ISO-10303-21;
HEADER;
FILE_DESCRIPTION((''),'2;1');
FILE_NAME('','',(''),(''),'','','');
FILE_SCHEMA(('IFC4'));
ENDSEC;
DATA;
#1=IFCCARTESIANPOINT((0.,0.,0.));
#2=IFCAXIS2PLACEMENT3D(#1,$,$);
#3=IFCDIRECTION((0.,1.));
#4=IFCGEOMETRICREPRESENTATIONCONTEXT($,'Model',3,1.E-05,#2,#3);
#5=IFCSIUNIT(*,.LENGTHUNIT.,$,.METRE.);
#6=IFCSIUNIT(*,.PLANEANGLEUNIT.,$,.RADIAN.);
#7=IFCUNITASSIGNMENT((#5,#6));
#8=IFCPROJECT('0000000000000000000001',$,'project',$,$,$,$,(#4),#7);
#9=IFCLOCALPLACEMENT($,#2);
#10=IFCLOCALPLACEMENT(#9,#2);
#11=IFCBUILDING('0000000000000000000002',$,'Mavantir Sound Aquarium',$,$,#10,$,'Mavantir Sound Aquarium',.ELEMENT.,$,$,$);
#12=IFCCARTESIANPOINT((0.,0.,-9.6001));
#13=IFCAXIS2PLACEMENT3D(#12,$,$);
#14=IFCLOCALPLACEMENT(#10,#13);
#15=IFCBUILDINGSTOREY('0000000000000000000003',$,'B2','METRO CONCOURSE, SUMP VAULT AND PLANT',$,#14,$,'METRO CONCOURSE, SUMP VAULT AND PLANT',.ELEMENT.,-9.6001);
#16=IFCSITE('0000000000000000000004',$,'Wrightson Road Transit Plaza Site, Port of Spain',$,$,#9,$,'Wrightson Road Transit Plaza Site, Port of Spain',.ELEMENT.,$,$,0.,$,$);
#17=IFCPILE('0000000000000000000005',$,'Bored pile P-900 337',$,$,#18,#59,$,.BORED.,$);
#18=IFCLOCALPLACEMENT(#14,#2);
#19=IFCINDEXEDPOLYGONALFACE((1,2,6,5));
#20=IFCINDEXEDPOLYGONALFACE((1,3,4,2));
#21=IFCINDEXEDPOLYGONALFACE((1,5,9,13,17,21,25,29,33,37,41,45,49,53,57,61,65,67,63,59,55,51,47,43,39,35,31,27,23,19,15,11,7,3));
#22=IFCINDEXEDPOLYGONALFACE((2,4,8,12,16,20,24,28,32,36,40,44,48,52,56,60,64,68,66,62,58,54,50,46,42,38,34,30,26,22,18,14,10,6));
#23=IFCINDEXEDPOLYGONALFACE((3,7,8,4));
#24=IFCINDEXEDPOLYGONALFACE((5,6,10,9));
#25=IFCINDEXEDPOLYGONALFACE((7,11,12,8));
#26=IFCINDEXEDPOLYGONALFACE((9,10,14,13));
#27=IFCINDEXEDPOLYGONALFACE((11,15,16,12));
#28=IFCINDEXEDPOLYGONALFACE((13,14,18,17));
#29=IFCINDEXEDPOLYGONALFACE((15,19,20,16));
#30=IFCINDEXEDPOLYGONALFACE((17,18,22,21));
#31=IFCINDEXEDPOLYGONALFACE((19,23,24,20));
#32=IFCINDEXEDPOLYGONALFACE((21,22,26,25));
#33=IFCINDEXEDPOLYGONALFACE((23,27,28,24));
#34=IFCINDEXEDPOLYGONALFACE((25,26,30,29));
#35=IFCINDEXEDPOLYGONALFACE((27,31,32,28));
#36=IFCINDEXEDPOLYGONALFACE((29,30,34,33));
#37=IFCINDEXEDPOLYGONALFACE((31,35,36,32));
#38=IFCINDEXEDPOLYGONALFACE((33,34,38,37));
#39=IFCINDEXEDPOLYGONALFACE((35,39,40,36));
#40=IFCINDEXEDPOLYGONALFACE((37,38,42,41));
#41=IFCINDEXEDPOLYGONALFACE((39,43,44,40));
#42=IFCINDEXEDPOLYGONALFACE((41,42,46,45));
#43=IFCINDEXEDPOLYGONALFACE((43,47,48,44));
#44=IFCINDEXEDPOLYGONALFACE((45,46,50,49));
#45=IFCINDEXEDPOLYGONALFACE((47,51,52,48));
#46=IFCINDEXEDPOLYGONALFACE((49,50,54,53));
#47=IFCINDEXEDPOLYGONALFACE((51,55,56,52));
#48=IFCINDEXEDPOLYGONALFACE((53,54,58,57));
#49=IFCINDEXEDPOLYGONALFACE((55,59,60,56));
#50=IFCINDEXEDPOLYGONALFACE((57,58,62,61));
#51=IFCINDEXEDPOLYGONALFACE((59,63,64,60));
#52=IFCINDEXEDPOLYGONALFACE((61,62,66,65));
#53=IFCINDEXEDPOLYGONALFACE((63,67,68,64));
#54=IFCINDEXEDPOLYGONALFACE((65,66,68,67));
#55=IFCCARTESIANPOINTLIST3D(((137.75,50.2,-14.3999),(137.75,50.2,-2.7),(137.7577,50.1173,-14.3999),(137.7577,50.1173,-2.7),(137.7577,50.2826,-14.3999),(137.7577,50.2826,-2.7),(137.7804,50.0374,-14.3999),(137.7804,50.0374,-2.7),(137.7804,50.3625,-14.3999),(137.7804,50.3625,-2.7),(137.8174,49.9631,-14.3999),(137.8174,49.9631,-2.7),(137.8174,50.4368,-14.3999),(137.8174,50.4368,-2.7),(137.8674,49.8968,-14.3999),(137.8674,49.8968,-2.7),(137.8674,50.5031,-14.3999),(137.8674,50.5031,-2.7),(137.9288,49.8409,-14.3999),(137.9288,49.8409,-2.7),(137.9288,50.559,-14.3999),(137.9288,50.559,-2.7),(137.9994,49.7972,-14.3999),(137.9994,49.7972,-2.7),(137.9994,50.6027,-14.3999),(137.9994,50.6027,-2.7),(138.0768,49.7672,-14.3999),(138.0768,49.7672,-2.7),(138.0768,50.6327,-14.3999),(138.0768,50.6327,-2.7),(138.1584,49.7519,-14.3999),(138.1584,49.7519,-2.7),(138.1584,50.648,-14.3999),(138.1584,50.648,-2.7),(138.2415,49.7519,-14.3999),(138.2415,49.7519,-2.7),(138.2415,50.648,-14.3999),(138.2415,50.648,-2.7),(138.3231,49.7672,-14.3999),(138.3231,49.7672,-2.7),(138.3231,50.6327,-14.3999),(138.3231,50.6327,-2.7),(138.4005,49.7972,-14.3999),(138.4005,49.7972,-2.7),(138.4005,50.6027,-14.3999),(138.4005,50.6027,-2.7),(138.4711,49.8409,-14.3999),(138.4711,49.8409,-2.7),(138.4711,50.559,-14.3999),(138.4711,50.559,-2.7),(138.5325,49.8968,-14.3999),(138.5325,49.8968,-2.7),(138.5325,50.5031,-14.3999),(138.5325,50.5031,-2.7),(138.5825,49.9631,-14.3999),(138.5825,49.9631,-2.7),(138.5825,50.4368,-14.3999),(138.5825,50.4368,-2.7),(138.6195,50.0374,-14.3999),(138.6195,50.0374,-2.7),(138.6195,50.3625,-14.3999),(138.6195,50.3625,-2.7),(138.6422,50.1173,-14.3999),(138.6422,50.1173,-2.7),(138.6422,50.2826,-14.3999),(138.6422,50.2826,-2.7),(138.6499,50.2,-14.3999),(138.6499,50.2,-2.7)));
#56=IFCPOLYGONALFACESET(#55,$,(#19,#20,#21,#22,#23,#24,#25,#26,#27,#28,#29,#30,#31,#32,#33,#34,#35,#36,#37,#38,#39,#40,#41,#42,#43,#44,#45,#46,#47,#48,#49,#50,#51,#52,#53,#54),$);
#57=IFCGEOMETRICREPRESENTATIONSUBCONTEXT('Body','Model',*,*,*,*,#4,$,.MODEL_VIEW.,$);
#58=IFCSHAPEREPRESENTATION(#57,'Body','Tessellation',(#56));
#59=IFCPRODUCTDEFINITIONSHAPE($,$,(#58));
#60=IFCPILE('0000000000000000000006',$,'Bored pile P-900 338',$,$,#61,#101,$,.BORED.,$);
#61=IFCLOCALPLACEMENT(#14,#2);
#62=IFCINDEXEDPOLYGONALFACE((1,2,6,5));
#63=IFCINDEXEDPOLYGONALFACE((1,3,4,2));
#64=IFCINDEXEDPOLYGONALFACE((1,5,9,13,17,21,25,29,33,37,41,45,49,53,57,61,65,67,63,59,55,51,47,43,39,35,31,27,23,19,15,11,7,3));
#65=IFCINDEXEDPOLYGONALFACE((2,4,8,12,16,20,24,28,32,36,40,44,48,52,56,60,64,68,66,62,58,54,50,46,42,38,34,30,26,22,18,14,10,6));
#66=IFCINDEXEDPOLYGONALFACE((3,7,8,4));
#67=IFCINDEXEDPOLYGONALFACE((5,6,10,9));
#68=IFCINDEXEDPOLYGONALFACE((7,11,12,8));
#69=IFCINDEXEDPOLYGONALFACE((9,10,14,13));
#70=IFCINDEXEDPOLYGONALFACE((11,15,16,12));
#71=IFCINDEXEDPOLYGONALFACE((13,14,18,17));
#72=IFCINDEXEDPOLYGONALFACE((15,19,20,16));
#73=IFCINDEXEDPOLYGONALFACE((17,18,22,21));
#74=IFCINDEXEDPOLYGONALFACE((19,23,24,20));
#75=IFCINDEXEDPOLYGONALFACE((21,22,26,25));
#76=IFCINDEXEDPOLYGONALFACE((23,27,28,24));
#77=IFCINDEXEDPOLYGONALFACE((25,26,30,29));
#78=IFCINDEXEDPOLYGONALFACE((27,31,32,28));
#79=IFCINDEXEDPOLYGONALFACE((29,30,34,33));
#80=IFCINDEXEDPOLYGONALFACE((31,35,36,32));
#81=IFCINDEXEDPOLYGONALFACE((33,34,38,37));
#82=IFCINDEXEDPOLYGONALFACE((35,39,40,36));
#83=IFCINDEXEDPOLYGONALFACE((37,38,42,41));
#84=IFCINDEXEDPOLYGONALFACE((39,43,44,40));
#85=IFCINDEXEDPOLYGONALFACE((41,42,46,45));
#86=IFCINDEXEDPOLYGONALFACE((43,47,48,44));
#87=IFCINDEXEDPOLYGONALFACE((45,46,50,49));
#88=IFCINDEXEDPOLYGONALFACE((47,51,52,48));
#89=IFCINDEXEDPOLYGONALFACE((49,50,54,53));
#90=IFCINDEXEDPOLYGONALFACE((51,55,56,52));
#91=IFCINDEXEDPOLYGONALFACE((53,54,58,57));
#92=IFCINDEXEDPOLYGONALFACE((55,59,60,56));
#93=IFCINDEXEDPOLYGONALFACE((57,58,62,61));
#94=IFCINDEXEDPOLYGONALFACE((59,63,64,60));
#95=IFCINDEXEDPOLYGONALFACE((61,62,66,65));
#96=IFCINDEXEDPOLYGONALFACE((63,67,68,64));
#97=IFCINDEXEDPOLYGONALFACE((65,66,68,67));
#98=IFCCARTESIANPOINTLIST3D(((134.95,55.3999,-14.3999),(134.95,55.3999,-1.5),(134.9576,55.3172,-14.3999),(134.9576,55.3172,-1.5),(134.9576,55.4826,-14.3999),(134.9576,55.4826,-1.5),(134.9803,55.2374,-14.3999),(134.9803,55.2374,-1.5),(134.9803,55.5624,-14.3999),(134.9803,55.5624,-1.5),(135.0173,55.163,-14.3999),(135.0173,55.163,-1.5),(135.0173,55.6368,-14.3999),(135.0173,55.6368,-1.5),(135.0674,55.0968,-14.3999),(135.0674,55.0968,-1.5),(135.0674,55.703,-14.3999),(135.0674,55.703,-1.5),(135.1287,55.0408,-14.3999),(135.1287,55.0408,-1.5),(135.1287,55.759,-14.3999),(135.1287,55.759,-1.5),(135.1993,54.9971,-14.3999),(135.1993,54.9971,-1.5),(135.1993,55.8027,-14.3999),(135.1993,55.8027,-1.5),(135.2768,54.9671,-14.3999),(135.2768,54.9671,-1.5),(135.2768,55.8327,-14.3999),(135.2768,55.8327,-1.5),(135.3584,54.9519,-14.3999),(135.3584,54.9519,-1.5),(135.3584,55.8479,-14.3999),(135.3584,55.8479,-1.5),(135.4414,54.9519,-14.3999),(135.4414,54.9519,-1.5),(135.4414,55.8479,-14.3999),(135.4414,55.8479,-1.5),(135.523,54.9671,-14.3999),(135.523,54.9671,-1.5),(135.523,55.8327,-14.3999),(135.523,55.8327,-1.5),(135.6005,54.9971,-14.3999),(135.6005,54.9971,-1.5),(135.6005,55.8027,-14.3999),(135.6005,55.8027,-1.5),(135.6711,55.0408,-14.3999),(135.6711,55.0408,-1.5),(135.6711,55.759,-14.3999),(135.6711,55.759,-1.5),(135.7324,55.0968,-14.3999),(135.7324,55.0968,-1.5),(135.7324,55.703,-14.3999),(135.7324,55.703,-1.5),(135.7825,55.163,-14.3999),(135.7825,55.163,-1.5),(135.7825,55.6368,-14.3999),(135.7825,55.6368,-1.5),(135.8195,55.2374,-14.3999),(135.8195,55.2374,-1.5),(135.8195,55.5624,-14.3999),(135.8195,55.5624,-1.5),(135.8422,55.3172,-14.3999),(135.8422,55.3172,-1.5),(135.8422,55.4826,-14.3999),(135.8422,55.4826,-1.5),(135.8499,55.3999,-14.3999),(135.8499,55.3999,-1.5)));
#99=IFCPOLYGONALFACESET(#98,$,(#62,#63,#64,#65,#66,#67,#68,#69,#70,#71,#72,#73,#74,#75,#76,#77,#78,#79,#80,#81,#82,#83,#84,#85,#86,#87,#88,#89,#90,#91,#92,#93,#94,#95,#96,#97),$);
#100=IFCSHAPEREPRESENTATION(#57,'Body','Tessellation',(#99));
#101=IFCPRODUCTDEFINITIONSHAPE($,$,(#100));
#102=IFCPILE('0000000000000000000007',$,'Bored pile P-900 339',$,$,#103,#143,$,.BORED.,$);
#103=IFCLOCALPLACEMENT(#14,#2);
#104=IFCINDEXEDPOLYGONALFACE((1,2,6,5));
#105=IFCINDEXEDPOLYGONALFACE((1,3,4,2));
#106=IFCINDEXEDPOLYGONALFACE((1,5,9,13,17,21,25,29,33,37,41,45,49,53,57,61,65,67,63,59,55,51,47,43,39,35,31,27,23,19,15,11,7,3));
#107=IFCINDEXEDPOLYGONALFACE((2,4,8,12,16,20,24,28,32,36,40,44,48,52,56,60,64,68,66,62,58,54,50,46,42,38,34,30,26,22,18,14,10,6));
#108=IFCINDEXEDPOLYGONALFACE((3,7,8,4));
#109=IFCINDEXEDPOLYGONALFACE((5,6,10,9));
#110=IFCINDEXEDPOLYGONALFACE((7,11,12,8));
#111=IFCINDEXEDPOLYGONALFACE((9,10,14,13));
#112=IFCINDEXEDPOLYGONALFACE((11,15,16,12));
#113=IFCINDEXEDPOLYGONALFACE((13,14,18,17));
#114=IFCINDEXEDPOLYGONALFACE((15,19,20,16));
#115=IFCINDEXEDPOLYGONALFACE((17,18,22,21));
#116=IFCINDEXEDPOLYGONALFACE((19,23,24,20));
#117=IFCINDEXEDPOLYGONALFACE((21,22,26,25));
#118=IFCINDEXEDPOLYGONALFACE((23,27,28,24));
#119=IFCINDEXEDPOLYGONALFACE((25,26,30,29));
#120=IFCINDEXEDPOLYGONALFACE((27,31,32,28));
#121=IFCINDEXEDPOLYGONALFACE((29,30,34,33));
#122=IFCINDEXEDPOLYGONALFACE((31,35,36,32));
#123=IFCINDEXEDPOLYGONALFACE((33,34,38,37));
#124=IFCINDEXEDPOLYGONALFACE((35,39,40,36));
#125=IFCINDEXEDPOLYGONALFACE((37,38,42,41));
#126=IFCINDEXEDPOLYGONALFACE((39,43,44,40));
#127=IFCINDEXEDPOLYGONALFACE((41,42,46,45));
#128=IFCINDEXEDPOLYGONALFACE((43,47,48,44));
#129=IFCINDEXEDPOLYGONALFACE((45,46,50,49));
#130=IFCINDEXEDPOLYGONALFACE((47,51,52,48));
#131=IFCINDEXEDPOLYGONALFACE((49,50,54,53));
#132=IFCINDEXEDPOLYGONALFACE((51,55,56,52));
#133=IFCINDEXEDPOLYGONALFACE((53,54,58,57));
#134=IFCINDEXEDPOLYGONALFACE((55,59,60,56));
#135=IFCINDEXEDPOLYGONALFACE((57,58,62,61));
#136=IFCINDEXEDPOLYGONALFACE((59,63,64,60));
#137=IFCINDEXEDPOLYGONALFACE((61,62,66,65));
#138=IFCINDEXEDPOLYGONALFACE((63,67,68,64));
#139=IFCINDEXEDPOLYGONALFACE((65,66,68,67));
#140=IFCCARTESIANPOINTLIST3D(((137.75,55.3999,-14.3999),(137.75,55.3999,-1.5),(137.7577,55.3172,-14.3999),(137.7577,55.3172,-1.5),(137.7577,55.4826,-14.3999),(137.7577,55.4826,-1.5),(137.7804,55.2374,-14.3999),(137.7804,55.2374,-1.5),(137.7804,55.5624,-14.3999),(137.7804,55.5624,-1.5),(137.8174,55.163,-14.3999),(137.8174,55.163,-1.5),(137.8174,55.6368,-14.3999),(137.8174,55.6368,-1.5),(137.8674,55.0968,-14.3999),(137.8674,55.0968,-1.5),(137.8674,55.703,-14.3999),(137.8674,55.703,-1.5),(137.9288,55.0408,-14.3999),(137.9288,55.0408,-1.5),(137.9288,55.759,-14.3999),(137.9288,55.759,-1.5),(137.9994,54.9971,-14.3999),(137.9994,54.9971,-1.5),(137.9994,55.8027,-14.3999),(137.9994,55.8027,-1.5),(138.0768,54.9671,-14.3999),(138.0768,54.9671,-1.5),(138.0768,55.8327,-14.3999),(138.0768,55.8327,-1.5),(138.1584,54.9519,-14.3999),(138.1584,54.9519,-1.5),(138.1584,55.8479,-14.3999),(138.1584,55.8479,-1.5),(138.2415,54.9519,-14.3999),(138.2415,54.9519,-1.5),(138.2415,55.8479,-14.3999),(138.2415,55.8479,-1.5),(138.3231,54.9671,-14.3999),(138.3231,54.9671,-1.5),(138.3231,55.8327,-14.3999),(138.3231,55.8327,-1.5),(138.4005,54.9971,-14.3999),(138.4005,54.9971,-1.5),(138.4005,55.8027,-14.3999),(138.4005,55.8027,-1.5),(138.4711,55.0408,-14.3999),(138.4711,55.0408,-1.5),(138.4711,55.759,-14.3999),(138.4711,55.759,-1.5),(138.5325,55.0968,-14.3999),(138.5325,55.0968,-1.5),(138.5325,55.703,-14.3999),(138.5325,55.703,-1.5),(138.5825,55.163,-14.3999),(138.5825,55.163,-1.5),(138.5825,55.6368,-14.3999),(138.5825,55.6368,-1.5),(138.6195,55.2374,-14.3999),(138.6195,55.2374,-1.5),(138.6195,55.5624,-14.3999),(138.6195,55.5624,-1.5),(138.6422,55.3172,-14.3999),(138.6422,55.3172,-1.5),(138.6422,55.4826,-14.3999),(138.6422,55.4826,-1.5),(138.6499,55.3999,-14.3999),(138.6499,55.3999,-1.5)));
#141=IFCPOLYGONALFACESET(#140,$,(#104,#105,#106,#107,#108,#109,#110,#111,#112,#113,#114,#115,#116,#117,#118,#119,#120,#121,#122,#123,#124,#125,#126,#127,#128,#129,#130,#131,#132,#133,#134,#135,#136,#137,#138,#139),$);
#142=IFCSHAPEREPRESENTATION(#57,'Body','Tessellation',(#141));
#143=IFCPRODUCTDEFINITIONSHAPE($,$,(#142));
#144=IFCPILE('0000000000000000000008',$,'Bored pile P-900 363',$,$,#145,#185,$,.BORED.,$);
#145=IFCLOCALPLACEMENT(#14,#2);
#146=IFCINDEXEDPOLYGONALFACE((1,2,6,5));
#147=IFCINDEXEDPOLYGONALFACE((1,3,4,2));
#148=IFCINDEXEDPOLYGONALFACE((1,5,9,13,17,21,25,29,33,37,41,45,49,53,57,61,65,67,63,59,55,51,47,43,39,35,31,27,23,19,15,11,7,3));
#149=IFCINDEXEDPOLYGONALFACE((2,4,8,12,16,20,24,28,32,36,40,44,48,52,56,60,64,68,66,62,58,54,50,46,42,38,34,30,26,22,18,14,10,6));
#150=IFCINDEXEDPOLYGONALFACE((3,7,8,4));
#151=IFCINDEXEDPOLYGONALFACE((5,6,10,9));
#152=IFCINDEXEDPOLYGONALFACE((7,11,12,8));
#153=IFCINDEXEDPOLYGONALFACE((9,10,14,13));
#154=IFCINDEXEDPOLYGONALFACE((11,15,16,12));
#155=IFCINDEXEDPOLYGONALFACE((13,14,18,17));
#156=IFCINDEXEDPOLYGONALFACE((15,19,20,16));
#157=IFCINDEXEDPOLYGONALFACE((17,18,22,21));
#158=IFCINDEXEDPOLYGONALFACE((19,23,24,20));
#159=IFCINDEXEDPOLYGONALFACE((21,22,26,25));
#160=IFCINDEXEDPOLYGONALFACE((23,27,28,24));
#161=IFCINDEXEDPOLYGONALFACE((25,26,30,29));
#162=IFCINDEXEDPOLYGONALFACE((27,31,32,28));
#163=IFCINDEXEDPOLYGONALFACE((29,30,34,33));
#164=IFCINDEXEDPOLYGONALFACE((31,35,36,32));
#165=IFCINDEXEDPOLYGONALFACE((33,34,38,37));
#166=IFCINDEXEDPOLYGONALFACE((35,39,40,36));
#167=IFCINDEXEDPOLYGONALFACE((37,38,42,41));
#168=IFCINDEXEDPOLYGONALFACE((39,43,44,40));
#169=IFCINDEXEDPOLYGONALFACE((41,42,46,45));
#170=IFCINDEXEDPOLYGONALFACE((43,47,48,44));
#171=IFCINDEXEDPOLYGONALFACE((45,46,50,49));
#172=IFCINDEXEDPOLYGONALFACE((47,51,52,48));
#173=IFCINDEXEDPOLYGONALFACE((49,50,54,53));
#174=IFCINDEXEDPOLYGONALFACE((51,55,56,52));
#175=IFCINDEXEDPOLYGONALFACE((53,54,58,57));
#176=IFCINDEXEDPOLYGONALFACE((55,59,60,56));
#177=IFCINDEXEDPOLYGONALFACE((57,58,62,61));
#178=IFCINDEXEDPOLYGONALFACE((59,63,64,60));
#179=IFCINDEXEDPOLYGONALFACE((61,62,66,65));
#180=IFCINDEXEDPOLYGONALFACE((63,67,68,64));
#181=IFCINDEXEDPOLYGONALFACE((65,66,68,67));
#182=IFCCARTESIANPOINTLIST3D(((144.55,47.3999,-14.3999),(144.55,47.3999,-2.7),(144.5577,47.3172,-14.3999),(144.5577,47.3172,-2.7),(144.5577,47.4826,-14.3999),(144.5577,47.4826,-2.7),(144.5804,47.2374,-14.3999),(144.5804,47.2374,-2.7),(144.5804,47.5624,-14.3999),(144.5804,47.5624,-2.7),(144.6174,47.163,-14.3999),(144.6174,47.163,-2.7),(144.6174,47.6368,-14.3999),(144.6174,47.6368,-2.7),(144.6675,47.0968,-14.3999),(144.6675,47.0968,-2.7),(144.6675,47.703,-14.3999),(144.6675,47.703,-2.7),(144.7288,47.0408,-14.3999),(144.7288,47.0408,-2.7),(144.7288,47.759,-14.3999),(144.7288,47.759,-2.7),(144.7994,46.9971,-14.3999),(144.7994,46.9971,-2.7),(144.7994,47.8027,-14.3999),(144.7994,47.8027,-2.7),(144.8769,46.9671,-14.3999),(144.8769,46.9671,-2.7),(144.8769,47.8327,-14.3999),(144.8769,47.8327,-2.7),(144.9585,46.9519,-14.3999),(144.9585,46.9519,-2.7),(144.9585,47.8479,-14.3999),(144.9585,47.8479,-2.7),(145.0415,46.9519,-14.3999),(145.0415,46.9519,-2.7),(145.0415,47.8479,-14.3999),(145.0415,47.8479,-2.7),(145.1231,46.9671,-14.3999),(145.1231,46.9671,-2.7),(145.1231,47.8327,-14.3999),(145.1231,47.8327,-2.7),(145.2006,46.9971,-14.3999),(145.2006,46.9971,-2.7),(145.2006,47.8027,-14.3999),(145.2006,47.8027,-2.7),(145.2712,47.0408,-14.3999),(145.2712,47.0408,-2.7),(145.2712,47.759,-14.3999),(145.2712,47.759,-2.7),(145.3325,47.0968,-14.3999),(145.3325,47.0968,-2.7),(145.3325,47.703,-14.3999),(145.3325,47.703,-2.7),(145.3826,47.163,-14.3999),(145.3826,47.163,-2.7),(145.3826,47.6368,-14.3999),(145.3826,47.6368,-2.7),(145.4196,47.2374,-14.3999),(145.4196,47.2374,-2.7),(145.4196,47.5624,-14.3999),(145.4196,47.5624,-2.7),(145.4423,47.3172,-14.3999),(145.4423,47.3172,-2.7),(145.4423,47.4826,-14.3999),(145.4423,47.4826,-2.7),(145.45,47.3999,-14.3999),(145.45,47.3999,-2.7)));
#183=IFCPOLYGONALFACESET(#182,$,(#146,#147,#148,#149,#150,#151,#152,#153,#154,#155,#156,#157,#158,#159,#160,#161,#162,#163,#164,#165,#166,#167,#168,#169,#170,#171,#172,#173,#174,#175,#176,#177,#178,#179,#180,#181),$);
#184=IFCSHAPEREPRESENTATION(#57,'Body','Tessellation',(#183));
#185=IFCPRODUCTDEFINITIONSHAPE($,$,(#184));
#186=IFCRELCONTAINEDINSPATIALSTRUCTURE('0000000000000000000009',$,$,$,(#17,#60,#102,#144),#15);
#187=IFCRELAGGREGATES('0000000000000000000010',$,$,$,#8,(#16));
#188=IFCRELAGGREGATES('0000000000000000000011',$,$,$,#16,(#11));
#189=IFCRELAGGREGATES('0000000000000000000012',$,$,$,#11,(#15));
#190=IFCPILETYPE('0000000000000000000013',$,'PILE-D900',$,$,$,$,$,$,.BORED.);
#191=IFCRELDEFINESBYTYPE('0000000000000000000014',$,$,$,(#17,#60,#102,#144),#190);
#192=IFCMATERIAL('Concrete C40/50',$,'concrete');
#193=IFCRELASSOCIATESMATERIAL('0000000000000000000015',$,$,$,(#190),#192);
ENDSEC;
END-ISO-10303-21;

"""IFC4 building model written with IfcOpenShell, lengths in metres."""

from ifc_helpers import new_model, si_unit, direction, frame, origin, origin_2d, place, context, subcontext, project, spatial, circle, extrude, material, material_profile, profile_set, type_object, element, save


model = new_model("IFC4")

# Units and contexts
model_context = context("Model", 3, precision=1e-05, world=origin(), true_north=direction((0.0, 1.0)))
body_context = subcontext(model_context, "Body", "Model", "MODEL_VIEW")
ifc_project = project(units=[si_unit("LENGTHUNIT", "METRE"), si_unit("PLANEANGLEUNIT", "RADIAN")], contexts=[model_context])

# Site, building, storey
site_placement = place(None, origin())
site = spatial("IfcSite", under=ifc_project, at=site_placement, Name="Wrightson Road Transit Plaza Site, Port of Spain", LongName="Wrightson Road Transit Plaza Site, Port of Spain", CompositionType="ELEMENT", RefElevation=0.0)
building_placement = place(site_placement, origin())
building = spatial("IfcBuilding", under=site, at=building_placement, Name="Mavantir Sound Aquarium", LongName="Mavantir Sound Aquarium", CompositionType="ELEMENT")
storey_placement = place(building_placement, frame((0.0, 0.0, -9.6001)))
storey = spatial("IfcBuildingStorey", under=building, at=storey_placement, Name="B2", Description="METRO CONCOURSE, SUMP VAULT AND PLANT", LongName="METRO CONCOURSE, SUMP VAULT AND PLANT", CompositionType="ELEMENT", Elevation=-9.6001)

# Shared definitions
ifc_material_1 = material(Name="Concrete C40/50", Category="concrete")

# Piles
ifc_material_profile_1 = material_profile(ifc_material_1, circle(Radius=0.45, at=origin_2d()), Name="PILE D900")
ifc_profile_set_1 = profile_set([ifc_material_profile_1], Name="Concrete C40/50")
pile_type = type_object("IfcPileType", Name="PILE-D900", PredefinedType="BORED", material=ifc_profile_set_1)
for number, where, z_axis, x_axis, name in (
    (1, (138.2, 50.2, -2.7), (0.0, 0.0, -1.0), (1.0, 0.0, 0.0), "Bored pile P-900 337"),
):
    element("IfcPile", number, at=place(storey_placement, frame(where, z_axis=z_axis, x_axis=x_axis)), inside=storey, type_object=pile_type, Name=name, PredefinedType="BORED", context=body_context, shape_type="SweptSolid", body=[
        extrude(circle(Radius=0.45, at=origin_2d()), origin(), (0.0, 0.0, 1.0), 11.7),
    ])
for number, where, z_axis, x_axis, name in (
    (2, (135.3999, 55.3999, -1.5), (0.0, 0.0, -1.0), (1.0, 0.0, 0.0), "Bored pile P-900 338"),
    (3, (138.2, 55.3999, -1.5), (0.0, 0.0, -1.0), (1.0, 0.0, 0.0), "Bored pile P-900 339"),
):
    element("IfcPile", number, at=place(storey_placement, frame(where, z_axis=z_axis, x_axis=x_axis)), inside=storey, type_object=pile_type, Name=name, PredefinedType="BORED", context=body_context, shape_type="SweptSolid", body=[
        extrude(circle(Radius=0.45, at=origin_2d()), origin(), (0.0, 0.0, 1.0), 12.8999),
    ])
for number, where, z_axis, x_axis, name in (
    (4, (145.0, 47.3999, -2.7), (0.0, 0.0, -1.0), (1.0, 0.0, 0.0), "Bored pile P-900 363"),
):
    element("IfcPile", number, at=place(storey_placement, frame(where, z_axis=z_axis, x_axis=x_axis)), inside=storey, type_object=pile_type, Name=name, PredefinedType="BORED", context=body_context, shape_type="SweptSolid", body=[
        extrude(circle(Radius=0.45, at=origin_2d()), origin(), (0.0, 0.0, 1.0), 11.7),
    ])

save(model, "model.ifc")
